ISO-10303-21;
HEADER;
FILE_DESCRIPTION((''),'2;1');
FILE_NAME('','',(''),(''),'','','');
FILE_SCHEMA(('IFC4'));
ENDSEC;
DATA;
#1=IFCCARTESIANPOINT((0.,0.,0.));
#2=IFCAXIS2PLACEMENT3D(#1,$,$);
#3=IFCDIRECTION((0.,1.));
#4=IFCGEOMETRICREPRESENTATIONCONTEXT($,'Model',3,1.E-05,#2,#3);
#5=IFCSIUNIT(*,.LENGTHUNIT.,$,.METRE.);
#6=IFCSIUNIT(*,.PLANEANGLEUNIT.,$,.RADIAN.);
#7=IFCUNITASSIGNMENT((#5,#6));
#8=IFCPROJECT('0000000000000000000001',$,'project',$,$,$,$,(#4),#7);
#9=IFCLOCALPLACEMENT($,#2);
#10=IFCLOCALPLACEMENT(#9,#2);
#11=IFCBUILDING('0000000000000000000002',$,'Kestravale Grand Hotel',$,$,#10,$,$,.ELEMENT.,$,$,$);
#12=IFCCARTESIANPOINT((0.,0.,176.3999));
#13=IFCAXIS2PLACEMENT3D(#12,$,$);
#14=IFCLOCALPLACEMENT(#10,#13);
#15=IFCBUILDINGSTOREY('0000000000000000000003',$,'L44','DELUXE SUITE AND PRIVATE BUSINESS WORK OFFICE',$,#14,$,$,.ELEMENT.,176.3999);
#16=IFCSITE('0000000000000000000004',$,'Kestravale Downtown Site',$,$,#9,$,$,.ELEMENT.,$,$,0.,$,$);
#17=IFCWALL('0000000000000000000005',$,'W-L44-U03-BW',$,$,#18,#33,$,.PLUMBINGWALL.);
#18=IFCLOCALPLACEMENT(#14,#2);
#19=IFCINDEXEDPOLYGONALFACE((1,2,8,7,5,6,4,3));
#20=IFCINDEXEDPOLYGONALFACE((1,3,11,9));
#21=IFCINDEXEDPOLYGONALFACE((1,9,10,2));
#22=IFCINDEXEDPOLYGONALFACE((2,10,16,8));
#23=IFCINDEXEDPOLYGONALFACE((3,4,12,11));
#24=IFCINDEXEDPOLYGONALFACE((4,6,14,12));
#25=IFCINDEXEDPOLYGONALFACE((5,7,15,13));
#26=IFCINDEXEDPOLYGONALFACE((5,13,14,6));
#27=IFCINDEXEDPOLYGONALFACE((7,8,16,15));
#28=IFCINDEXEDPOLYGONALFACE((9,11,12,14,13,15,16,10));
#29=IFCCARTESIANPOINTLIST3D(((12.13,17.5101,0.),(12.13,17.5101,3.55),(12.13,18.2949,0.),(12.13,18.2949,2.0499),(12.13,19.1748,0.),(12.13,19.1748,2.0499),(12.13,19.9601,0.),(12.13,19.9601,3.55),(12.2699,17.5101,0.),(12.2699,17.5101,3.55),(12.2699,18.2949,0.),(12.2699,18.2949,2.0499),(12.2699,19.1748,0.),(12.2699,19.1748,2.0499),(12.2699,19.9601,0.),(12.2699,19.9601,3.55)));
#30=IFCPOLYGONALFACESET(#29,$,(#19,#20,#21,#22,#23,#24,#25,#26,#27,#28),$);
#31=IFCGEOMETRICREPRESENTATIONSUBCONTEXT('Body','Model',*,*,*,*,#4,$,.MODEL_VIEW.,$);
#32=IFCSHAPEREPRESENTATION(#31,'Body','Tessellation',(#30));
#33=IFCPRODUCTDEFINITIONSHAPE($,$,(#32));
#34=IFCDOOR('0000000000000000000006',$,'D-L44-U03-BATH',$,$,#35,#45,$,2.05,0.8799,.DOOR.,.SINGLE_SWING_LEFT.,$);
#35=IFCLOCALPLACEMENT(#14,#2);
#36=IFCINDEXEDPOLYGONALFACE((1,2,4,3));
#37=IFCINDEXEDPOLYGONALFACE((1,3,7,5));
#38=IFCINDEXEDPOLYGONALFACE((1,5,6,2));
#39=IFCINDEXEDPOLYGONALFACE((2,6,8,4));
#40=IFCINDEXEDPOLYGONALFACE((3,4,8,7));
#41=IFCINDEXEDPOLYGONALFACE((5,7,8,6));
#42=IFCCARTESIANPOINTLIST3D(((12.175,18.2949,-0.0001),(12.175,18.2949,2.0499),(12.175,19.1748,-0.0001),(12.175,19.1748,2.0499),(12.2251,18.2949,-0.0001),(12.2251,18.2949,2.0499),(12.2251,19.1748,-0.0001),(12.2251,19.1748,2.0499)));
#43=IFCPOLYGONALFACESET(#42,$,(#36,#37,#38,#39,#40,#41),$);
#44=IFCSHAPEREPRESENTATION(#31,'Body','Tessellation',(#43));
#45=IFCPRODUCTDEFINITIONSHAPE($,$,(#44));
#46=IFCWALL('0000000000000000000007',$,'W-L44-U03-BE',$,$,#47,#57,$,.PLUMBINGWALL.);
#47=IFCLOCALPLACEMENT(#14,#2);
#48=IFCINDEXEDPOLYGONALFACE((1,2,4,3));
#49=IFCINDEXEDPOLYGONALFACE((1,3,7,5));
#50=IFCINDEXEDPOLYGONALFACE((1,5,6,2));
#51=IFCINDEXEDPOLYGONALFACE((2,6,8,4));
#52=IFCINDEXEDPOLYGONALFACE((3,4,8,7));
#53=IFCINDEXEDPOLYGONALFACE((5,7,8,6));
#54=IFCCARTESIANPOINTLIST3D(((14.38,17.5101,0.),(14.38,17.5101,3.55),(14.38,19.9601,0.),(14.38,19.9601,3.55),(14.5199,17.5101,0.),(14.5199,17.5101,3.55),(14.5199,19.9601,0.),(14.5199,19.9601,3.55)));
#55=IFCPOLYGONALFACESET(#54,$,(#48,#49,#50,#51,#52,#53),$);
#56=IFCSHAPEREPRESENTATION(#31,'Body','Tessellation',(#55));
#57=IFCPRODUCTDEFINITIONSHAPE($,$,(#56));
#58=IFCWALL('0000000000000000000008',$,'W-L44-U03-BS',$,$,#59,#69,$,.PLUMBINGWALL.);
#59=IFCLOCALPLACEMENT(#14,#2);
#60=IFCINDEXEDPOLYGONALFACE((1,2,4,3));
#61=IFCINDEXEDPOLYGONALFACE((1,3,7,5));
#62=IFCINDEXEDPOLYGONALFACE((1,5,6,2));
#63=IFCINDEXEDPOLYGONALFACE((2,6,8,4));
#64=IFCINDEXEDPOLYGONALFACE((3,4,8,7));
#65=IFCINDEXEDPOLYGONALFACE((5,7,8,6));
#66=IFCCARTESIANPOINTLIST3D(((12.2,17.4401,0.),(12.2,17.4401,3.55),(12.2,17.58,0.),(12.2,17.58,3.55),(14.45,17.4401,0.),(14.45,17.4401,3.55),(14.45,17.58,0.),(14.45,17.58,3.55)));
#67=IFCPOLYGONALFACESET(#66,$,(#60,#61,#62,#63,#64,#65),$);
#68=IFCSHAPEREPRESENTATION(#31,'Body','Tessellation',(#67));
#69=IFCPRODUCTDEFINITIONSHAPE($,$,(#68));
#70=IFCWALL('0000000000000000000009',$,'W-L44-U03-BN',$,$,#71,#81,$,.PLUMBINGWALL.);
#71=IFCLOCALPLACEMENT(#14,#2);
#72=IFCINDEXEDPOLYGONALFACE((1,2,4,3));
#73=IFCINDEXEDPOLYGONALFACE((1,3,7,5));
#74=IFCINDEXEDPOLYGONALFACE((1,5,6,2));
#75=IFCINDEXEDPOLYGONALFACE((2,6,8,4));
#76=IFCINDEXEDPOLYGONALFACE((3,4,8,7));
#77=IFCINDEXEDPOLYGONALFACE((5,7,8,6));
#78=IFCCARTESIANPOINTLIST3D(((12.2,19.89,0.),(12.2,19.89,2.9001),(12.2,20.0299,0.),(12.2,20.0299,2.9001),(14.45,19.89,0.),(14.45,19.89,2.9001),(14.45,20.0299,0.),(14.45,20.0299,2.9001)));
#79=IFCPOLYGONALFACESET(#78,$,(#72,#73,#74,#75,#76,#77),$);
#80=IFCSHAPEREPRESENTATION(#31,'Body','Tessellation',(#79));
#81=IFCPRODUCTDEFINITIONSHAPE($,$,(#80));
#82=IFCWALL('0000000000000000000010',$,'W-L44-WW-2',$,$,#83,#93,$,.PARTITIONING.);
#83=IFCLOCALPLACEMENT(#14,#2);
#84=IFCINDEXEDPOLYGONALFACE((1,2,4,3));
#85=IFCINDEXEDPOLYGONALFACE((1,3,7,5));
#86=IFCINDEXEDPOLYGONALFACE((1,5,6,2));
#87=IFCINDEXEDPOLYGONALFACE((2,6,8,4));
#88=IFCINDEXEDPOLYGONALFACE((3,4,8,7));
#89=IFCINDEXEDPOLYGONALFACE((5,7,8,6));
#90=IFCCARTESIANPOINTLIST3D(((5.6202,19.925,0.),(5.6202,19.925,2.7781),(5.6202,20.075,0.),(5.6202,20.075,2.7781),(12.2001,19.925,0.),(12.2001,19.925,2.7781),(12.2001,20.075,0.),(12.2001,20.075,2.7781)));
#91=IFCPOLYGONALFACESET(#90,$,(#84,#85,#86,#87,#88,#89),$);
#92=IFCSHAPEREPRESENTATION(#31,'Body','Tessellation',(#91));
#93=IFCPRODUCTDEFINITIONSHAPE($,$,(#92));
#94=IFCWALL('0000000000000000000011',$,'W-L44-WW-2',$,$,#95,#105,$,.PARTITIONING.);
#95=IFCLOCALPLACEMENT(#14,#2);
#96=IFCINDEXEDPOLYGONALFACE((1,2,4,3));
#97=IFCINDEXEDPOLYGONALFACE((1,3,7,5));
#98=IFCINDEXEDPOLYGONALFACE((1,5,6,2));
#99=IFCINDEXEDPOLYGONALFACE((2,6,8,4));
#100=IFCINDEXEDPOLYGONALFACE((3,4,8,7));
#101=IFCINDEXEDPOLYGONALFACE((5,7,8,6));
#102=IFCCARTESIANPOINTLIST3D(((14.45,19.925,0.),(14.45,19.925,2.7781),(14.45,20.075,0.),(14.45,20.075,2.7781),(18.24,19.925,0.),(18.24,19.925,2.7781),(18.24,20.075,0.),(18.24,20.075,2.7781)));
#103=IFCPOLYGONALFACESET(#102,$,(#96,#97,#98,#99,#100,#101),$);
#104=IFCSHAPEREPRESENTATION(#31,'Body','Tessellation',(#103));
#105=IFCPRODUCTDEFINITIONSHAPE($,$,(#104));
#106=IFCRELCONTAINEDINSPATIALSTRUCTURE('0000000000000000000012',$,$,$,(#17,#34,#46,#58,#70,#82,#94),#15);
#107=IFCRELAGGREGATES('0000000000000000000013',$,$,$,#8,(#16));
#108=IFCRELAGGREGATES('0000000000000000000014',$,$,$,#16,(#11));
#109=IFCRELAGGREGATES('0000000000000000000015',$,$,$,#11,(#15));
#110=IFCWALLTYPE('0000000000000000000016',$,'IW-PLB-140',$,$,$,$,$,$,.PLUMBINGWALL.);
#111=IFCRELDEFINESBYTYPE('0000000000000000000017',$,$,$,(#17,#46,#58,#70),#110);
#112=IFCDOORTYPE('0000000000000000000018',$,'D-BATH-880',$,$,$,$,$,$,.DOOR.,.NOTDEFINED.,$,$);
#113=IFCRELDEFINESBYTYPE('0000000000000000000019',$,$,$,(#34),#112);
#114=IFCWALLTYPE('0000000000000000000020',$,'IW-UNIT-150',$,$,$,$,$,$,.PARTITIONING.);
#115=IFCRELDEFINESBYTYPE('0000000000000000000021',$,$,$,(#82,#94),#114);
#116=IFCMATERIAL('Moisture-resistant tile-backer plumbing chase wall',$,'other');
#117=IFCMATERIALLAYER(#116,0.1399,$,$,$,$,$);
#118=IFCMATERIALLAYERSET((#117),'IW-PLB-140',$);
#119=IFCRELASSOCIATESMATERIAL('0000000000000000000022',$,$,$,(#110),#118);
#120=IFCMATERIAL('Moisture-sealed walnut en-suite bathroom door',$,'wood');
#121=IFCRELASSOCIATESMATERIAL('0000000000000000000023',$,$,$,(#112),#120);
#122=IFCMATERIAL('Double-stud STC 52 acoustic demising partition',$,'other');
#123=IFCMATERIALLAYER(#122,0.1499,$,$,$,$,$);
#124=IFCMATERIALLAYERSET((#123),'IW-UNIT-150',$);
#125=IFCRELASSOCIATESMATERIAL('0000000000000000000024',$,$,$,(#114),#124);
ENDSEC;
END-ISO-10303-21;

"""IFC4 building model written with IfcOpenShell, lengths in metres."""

from ifc_helpers import new_model, si_unit, direction, frame, frame_2d, origin, place, context, subcontext, project, spatial, rectangle, extrude, material, layer, layer_set, type_object, element, fill, save


model = new_model("IFC4")

# Units and contexts
model_context = context("Model", 3, precision=1e-05, world=origin(), true_north=direction((0.0, 1.0)))
body_context = subcontext(model_context, "Body", "Model", "MODEL_VIEW")
ifc_project = project(units=[si_unit("LENGTHUNIT", "METRE"), si_unit("PLANEANGLEUNIT", "RADIAN")], contexts=[model_context])

# Site, building, storey
site_placement = place(None, origin())
site = spatial("IfcSite", under=ifc_project, at=site_placement, Name="Kestravale Downtown Site", CompositionType="ELEMENT", RefElevation=0.0)
building_placement = place(site_placement, origin())
building = spatial("IfcBuilding", under=site, at=building_placement, Name="Kestravale Grand Hotel", CompositionType="ELEMENT")
storey_placement = place(building_placement, frame((0.0, 0.0, 176.3999)))
storey = spatial("IfcBuildingStorey", under=building, at=storey_placement, Name="L44", Description="DELUXE SUITE AND PRIVATE BUSINESS WORK OFFICE", CompositionType="ELEMENT", Elevation=176.3999)

# Wall, opening, door
ifc_material_1 = material(Name="Moisture-resistant tile-backer plumbing chase wall", Category="other")
ifc_layer_1 = layer(ifc_material_1, 0.1399)
ifc_layer_set_1 = layer_set([ifc_layer_1], Name="IW-PLB-140")
wall_type_1 = type_object("IfcWallType", Name="IW-PLB-140", PredefinedType="PLUMBINGWALL", material=ifc_layer_set_1)
wall_1_placement = place(storey_placement, frame((12.2, 17.51, 0.0), z_axis=(0.0, 0.0, 1.0), x_axis=(0.0, 1.0, 0.0)))
wall_1 = element("IfcWall", 1, at=wall_1_placement, inside=storey, type_object=wall_type_1, Name="W-L44-U03-BW", PredefinedType="PLUMBINGWALL", context=body_context, shape_type="SweptSolid", body=[
    extrude(rectangle(XDim=2.45, YDim=0.1399, at=frame_2d((1.2251, 0.0))), origin(), (0.0, 0.0, 1.0), 3.55),
])
opening_placement = place(wall_1_placement, frame((0.7849, 0.0, 0.0)))
opening = element("IfcOpeningElement", 2, at=opening_placement, cuts=wall_1, PredefinedType="OPENING", context=body_context, shape_type="SweptSolid", body=[
    extrude(rectangle(XDim=0.8799, YDim=2.05, at=frame_2d((0.4399, 1.0249))), frame((0.0, 0.0798, 0.0), z_axis=(0.0, -1.0, 0.0), x_axis=(1.0, 0.0, 0.0)), (0.0, 0.0, 1.0), 0.1599),
])
ifc_material_2 = material(Name="Moisture-sealed walnut en-suite bathroom door", Category="wood")
door_type = type_object("IfcDoorType", Name="D-BATH-880", OperationType="NOTDEFINED", PredefinedType="DOOR", material=ifc_material_2)
door_placement = place(opening_placement, origin())
door = element("IfcDoor", 3, at=door_placement, inside=storey, type_object=door_type, Name="D-L44-U03-BATH", OperationType="SINGLE_SWING_LEFT", OverallHeight=2.05, OverallWidth=0.8799, PredefinedType="DOOR", context=body_context, shape_type="SweptSolid", body=[
    extrude(rectangle(XDim=0.8799, YDim=2.05, at=frame_2d((0.4399, 1.0249))), frame((0.0, 0.0249, 0.0), z_axis=(0.0, -1.0, 0.0), x_axis=(1.0, 0.0, 0.0)), (0.0, 0.0, 1.0), 0.05),
])
fill(opening, door)

# Walls
wall_2_placement = place(storey_placement, frame((14.45, 17.51, 0.0), z_axis=(0.0, 0.0, 1.0), x_axis=(0.0, 1.0, 0.0)))
element("IfcWall", 4, at=wall_2_placement, inside=storey, type_object=wall_type_1, Name="W-L44-U03-BE", PredefinedType="PLUMBINGWALL", context=body_context, shape_type="SweptSolid", body=[
    extrude(rectangle(XDim=2.45, YDim=0.1399, at=frame_2d((1.2251, 0.0))), origin(), (0.0, 0.0, 1.0), 3.55),
])
wall_3_placement = place(storey_placement, frame((12.2, 17.51, 0.0), z_axis=(0.0, 0.0, 1.0), x_axis=(1.0, 0.0, 0.0)))
element("IfcWall", 5, at=wall_3_placement, inside=storey, type_object=wall_type_1, Name="W-L44-U03-BS", PredefinedType="PLUMBINGWALL", context=body_context, shape_type="SweptSolid", body=[
    extrude(rectangle(XDim=2.25, YDim=0.1399, at=frame_2d((1.125, 0.0))), origin(), (0.0, 0.0, 1.0), 3.55),
])
wall_4_placement = place(storey_placement, frame((12.2, 19.96, 0.0), z_axis=(0.0, 0.0, 1.0), x_axis=(1.0, 0.0, 0.0)))
element("IfcWall", 6, at=wall_4_placement, inside=storey, type_object=wall_type_1, Name="W-L44-U03-BN", PredefinedType="PLUMBINGWALL", context=body_context, shape_type="SweptSolid", body=[
    extrude(rectangle(XDim=2.25, YDim=0.1399, at=frame_2d((1.125, 0.0))), origin(), (0.0, 0.0, 1.0), 2.9001),
])
ifc_material_3 = material(Name="Double-stud STC 52 acoustic demising partition", Category="other")
ifc_layer_2 = layer(ifc_material_3, 0.1499)
ifc_layer_set_2 = layer_set([ifc_layer_2], Name="IW-UNIT-150")
wall_type_2 = type_object("IfcWallType", Name="IW-UNIT-150", PredefinedType="PARTITIONING", material=ifc_layer_set_2)
wall_5_placement = place(storey_placement, frame((5.6201, 20.0, 0.0), z_axis=(0.0, 0.0, 1.0), x_axis=(1.0, 0.0, 0.0)))
element("IfcWall", 7, at=wall_5_placement, inside=storey, type_object=wall_type_2, Name="W-L44-WW-2", PredefinedType="PARTITIONING", context=body_context, shape_type="SweptSolid", body=[
    extrude(rectangle(XDim=6.5798, YDim=0.1499, at=frame_2d((3.29, 0.0))), origin(), (0.0, 0.0, 1.0), 2.7781),
])
wall_6_placement = place(storey_placement, frame((14.45, 20.0, 0.0), z_axis=(0.0, 0.0, 1.0), x_axis=(1.0, 0.0, 0.0)))
element("IfcWall", 8, at=wall_6_placement, inside=storey, type_object=wall_type_2, Name="W-L44-WW-2", PredefinedType="PARTITIONING", context=body_context, shape_type="SweptSolid", body=[
    extrude(rectangle(XDim=3.79, YDim=0.1499, at=frame_2d((1.895, 0.0))), origin(), (0.0, 0.0, 1.0), 2.7781),
])

save(model, "model.ifc")
